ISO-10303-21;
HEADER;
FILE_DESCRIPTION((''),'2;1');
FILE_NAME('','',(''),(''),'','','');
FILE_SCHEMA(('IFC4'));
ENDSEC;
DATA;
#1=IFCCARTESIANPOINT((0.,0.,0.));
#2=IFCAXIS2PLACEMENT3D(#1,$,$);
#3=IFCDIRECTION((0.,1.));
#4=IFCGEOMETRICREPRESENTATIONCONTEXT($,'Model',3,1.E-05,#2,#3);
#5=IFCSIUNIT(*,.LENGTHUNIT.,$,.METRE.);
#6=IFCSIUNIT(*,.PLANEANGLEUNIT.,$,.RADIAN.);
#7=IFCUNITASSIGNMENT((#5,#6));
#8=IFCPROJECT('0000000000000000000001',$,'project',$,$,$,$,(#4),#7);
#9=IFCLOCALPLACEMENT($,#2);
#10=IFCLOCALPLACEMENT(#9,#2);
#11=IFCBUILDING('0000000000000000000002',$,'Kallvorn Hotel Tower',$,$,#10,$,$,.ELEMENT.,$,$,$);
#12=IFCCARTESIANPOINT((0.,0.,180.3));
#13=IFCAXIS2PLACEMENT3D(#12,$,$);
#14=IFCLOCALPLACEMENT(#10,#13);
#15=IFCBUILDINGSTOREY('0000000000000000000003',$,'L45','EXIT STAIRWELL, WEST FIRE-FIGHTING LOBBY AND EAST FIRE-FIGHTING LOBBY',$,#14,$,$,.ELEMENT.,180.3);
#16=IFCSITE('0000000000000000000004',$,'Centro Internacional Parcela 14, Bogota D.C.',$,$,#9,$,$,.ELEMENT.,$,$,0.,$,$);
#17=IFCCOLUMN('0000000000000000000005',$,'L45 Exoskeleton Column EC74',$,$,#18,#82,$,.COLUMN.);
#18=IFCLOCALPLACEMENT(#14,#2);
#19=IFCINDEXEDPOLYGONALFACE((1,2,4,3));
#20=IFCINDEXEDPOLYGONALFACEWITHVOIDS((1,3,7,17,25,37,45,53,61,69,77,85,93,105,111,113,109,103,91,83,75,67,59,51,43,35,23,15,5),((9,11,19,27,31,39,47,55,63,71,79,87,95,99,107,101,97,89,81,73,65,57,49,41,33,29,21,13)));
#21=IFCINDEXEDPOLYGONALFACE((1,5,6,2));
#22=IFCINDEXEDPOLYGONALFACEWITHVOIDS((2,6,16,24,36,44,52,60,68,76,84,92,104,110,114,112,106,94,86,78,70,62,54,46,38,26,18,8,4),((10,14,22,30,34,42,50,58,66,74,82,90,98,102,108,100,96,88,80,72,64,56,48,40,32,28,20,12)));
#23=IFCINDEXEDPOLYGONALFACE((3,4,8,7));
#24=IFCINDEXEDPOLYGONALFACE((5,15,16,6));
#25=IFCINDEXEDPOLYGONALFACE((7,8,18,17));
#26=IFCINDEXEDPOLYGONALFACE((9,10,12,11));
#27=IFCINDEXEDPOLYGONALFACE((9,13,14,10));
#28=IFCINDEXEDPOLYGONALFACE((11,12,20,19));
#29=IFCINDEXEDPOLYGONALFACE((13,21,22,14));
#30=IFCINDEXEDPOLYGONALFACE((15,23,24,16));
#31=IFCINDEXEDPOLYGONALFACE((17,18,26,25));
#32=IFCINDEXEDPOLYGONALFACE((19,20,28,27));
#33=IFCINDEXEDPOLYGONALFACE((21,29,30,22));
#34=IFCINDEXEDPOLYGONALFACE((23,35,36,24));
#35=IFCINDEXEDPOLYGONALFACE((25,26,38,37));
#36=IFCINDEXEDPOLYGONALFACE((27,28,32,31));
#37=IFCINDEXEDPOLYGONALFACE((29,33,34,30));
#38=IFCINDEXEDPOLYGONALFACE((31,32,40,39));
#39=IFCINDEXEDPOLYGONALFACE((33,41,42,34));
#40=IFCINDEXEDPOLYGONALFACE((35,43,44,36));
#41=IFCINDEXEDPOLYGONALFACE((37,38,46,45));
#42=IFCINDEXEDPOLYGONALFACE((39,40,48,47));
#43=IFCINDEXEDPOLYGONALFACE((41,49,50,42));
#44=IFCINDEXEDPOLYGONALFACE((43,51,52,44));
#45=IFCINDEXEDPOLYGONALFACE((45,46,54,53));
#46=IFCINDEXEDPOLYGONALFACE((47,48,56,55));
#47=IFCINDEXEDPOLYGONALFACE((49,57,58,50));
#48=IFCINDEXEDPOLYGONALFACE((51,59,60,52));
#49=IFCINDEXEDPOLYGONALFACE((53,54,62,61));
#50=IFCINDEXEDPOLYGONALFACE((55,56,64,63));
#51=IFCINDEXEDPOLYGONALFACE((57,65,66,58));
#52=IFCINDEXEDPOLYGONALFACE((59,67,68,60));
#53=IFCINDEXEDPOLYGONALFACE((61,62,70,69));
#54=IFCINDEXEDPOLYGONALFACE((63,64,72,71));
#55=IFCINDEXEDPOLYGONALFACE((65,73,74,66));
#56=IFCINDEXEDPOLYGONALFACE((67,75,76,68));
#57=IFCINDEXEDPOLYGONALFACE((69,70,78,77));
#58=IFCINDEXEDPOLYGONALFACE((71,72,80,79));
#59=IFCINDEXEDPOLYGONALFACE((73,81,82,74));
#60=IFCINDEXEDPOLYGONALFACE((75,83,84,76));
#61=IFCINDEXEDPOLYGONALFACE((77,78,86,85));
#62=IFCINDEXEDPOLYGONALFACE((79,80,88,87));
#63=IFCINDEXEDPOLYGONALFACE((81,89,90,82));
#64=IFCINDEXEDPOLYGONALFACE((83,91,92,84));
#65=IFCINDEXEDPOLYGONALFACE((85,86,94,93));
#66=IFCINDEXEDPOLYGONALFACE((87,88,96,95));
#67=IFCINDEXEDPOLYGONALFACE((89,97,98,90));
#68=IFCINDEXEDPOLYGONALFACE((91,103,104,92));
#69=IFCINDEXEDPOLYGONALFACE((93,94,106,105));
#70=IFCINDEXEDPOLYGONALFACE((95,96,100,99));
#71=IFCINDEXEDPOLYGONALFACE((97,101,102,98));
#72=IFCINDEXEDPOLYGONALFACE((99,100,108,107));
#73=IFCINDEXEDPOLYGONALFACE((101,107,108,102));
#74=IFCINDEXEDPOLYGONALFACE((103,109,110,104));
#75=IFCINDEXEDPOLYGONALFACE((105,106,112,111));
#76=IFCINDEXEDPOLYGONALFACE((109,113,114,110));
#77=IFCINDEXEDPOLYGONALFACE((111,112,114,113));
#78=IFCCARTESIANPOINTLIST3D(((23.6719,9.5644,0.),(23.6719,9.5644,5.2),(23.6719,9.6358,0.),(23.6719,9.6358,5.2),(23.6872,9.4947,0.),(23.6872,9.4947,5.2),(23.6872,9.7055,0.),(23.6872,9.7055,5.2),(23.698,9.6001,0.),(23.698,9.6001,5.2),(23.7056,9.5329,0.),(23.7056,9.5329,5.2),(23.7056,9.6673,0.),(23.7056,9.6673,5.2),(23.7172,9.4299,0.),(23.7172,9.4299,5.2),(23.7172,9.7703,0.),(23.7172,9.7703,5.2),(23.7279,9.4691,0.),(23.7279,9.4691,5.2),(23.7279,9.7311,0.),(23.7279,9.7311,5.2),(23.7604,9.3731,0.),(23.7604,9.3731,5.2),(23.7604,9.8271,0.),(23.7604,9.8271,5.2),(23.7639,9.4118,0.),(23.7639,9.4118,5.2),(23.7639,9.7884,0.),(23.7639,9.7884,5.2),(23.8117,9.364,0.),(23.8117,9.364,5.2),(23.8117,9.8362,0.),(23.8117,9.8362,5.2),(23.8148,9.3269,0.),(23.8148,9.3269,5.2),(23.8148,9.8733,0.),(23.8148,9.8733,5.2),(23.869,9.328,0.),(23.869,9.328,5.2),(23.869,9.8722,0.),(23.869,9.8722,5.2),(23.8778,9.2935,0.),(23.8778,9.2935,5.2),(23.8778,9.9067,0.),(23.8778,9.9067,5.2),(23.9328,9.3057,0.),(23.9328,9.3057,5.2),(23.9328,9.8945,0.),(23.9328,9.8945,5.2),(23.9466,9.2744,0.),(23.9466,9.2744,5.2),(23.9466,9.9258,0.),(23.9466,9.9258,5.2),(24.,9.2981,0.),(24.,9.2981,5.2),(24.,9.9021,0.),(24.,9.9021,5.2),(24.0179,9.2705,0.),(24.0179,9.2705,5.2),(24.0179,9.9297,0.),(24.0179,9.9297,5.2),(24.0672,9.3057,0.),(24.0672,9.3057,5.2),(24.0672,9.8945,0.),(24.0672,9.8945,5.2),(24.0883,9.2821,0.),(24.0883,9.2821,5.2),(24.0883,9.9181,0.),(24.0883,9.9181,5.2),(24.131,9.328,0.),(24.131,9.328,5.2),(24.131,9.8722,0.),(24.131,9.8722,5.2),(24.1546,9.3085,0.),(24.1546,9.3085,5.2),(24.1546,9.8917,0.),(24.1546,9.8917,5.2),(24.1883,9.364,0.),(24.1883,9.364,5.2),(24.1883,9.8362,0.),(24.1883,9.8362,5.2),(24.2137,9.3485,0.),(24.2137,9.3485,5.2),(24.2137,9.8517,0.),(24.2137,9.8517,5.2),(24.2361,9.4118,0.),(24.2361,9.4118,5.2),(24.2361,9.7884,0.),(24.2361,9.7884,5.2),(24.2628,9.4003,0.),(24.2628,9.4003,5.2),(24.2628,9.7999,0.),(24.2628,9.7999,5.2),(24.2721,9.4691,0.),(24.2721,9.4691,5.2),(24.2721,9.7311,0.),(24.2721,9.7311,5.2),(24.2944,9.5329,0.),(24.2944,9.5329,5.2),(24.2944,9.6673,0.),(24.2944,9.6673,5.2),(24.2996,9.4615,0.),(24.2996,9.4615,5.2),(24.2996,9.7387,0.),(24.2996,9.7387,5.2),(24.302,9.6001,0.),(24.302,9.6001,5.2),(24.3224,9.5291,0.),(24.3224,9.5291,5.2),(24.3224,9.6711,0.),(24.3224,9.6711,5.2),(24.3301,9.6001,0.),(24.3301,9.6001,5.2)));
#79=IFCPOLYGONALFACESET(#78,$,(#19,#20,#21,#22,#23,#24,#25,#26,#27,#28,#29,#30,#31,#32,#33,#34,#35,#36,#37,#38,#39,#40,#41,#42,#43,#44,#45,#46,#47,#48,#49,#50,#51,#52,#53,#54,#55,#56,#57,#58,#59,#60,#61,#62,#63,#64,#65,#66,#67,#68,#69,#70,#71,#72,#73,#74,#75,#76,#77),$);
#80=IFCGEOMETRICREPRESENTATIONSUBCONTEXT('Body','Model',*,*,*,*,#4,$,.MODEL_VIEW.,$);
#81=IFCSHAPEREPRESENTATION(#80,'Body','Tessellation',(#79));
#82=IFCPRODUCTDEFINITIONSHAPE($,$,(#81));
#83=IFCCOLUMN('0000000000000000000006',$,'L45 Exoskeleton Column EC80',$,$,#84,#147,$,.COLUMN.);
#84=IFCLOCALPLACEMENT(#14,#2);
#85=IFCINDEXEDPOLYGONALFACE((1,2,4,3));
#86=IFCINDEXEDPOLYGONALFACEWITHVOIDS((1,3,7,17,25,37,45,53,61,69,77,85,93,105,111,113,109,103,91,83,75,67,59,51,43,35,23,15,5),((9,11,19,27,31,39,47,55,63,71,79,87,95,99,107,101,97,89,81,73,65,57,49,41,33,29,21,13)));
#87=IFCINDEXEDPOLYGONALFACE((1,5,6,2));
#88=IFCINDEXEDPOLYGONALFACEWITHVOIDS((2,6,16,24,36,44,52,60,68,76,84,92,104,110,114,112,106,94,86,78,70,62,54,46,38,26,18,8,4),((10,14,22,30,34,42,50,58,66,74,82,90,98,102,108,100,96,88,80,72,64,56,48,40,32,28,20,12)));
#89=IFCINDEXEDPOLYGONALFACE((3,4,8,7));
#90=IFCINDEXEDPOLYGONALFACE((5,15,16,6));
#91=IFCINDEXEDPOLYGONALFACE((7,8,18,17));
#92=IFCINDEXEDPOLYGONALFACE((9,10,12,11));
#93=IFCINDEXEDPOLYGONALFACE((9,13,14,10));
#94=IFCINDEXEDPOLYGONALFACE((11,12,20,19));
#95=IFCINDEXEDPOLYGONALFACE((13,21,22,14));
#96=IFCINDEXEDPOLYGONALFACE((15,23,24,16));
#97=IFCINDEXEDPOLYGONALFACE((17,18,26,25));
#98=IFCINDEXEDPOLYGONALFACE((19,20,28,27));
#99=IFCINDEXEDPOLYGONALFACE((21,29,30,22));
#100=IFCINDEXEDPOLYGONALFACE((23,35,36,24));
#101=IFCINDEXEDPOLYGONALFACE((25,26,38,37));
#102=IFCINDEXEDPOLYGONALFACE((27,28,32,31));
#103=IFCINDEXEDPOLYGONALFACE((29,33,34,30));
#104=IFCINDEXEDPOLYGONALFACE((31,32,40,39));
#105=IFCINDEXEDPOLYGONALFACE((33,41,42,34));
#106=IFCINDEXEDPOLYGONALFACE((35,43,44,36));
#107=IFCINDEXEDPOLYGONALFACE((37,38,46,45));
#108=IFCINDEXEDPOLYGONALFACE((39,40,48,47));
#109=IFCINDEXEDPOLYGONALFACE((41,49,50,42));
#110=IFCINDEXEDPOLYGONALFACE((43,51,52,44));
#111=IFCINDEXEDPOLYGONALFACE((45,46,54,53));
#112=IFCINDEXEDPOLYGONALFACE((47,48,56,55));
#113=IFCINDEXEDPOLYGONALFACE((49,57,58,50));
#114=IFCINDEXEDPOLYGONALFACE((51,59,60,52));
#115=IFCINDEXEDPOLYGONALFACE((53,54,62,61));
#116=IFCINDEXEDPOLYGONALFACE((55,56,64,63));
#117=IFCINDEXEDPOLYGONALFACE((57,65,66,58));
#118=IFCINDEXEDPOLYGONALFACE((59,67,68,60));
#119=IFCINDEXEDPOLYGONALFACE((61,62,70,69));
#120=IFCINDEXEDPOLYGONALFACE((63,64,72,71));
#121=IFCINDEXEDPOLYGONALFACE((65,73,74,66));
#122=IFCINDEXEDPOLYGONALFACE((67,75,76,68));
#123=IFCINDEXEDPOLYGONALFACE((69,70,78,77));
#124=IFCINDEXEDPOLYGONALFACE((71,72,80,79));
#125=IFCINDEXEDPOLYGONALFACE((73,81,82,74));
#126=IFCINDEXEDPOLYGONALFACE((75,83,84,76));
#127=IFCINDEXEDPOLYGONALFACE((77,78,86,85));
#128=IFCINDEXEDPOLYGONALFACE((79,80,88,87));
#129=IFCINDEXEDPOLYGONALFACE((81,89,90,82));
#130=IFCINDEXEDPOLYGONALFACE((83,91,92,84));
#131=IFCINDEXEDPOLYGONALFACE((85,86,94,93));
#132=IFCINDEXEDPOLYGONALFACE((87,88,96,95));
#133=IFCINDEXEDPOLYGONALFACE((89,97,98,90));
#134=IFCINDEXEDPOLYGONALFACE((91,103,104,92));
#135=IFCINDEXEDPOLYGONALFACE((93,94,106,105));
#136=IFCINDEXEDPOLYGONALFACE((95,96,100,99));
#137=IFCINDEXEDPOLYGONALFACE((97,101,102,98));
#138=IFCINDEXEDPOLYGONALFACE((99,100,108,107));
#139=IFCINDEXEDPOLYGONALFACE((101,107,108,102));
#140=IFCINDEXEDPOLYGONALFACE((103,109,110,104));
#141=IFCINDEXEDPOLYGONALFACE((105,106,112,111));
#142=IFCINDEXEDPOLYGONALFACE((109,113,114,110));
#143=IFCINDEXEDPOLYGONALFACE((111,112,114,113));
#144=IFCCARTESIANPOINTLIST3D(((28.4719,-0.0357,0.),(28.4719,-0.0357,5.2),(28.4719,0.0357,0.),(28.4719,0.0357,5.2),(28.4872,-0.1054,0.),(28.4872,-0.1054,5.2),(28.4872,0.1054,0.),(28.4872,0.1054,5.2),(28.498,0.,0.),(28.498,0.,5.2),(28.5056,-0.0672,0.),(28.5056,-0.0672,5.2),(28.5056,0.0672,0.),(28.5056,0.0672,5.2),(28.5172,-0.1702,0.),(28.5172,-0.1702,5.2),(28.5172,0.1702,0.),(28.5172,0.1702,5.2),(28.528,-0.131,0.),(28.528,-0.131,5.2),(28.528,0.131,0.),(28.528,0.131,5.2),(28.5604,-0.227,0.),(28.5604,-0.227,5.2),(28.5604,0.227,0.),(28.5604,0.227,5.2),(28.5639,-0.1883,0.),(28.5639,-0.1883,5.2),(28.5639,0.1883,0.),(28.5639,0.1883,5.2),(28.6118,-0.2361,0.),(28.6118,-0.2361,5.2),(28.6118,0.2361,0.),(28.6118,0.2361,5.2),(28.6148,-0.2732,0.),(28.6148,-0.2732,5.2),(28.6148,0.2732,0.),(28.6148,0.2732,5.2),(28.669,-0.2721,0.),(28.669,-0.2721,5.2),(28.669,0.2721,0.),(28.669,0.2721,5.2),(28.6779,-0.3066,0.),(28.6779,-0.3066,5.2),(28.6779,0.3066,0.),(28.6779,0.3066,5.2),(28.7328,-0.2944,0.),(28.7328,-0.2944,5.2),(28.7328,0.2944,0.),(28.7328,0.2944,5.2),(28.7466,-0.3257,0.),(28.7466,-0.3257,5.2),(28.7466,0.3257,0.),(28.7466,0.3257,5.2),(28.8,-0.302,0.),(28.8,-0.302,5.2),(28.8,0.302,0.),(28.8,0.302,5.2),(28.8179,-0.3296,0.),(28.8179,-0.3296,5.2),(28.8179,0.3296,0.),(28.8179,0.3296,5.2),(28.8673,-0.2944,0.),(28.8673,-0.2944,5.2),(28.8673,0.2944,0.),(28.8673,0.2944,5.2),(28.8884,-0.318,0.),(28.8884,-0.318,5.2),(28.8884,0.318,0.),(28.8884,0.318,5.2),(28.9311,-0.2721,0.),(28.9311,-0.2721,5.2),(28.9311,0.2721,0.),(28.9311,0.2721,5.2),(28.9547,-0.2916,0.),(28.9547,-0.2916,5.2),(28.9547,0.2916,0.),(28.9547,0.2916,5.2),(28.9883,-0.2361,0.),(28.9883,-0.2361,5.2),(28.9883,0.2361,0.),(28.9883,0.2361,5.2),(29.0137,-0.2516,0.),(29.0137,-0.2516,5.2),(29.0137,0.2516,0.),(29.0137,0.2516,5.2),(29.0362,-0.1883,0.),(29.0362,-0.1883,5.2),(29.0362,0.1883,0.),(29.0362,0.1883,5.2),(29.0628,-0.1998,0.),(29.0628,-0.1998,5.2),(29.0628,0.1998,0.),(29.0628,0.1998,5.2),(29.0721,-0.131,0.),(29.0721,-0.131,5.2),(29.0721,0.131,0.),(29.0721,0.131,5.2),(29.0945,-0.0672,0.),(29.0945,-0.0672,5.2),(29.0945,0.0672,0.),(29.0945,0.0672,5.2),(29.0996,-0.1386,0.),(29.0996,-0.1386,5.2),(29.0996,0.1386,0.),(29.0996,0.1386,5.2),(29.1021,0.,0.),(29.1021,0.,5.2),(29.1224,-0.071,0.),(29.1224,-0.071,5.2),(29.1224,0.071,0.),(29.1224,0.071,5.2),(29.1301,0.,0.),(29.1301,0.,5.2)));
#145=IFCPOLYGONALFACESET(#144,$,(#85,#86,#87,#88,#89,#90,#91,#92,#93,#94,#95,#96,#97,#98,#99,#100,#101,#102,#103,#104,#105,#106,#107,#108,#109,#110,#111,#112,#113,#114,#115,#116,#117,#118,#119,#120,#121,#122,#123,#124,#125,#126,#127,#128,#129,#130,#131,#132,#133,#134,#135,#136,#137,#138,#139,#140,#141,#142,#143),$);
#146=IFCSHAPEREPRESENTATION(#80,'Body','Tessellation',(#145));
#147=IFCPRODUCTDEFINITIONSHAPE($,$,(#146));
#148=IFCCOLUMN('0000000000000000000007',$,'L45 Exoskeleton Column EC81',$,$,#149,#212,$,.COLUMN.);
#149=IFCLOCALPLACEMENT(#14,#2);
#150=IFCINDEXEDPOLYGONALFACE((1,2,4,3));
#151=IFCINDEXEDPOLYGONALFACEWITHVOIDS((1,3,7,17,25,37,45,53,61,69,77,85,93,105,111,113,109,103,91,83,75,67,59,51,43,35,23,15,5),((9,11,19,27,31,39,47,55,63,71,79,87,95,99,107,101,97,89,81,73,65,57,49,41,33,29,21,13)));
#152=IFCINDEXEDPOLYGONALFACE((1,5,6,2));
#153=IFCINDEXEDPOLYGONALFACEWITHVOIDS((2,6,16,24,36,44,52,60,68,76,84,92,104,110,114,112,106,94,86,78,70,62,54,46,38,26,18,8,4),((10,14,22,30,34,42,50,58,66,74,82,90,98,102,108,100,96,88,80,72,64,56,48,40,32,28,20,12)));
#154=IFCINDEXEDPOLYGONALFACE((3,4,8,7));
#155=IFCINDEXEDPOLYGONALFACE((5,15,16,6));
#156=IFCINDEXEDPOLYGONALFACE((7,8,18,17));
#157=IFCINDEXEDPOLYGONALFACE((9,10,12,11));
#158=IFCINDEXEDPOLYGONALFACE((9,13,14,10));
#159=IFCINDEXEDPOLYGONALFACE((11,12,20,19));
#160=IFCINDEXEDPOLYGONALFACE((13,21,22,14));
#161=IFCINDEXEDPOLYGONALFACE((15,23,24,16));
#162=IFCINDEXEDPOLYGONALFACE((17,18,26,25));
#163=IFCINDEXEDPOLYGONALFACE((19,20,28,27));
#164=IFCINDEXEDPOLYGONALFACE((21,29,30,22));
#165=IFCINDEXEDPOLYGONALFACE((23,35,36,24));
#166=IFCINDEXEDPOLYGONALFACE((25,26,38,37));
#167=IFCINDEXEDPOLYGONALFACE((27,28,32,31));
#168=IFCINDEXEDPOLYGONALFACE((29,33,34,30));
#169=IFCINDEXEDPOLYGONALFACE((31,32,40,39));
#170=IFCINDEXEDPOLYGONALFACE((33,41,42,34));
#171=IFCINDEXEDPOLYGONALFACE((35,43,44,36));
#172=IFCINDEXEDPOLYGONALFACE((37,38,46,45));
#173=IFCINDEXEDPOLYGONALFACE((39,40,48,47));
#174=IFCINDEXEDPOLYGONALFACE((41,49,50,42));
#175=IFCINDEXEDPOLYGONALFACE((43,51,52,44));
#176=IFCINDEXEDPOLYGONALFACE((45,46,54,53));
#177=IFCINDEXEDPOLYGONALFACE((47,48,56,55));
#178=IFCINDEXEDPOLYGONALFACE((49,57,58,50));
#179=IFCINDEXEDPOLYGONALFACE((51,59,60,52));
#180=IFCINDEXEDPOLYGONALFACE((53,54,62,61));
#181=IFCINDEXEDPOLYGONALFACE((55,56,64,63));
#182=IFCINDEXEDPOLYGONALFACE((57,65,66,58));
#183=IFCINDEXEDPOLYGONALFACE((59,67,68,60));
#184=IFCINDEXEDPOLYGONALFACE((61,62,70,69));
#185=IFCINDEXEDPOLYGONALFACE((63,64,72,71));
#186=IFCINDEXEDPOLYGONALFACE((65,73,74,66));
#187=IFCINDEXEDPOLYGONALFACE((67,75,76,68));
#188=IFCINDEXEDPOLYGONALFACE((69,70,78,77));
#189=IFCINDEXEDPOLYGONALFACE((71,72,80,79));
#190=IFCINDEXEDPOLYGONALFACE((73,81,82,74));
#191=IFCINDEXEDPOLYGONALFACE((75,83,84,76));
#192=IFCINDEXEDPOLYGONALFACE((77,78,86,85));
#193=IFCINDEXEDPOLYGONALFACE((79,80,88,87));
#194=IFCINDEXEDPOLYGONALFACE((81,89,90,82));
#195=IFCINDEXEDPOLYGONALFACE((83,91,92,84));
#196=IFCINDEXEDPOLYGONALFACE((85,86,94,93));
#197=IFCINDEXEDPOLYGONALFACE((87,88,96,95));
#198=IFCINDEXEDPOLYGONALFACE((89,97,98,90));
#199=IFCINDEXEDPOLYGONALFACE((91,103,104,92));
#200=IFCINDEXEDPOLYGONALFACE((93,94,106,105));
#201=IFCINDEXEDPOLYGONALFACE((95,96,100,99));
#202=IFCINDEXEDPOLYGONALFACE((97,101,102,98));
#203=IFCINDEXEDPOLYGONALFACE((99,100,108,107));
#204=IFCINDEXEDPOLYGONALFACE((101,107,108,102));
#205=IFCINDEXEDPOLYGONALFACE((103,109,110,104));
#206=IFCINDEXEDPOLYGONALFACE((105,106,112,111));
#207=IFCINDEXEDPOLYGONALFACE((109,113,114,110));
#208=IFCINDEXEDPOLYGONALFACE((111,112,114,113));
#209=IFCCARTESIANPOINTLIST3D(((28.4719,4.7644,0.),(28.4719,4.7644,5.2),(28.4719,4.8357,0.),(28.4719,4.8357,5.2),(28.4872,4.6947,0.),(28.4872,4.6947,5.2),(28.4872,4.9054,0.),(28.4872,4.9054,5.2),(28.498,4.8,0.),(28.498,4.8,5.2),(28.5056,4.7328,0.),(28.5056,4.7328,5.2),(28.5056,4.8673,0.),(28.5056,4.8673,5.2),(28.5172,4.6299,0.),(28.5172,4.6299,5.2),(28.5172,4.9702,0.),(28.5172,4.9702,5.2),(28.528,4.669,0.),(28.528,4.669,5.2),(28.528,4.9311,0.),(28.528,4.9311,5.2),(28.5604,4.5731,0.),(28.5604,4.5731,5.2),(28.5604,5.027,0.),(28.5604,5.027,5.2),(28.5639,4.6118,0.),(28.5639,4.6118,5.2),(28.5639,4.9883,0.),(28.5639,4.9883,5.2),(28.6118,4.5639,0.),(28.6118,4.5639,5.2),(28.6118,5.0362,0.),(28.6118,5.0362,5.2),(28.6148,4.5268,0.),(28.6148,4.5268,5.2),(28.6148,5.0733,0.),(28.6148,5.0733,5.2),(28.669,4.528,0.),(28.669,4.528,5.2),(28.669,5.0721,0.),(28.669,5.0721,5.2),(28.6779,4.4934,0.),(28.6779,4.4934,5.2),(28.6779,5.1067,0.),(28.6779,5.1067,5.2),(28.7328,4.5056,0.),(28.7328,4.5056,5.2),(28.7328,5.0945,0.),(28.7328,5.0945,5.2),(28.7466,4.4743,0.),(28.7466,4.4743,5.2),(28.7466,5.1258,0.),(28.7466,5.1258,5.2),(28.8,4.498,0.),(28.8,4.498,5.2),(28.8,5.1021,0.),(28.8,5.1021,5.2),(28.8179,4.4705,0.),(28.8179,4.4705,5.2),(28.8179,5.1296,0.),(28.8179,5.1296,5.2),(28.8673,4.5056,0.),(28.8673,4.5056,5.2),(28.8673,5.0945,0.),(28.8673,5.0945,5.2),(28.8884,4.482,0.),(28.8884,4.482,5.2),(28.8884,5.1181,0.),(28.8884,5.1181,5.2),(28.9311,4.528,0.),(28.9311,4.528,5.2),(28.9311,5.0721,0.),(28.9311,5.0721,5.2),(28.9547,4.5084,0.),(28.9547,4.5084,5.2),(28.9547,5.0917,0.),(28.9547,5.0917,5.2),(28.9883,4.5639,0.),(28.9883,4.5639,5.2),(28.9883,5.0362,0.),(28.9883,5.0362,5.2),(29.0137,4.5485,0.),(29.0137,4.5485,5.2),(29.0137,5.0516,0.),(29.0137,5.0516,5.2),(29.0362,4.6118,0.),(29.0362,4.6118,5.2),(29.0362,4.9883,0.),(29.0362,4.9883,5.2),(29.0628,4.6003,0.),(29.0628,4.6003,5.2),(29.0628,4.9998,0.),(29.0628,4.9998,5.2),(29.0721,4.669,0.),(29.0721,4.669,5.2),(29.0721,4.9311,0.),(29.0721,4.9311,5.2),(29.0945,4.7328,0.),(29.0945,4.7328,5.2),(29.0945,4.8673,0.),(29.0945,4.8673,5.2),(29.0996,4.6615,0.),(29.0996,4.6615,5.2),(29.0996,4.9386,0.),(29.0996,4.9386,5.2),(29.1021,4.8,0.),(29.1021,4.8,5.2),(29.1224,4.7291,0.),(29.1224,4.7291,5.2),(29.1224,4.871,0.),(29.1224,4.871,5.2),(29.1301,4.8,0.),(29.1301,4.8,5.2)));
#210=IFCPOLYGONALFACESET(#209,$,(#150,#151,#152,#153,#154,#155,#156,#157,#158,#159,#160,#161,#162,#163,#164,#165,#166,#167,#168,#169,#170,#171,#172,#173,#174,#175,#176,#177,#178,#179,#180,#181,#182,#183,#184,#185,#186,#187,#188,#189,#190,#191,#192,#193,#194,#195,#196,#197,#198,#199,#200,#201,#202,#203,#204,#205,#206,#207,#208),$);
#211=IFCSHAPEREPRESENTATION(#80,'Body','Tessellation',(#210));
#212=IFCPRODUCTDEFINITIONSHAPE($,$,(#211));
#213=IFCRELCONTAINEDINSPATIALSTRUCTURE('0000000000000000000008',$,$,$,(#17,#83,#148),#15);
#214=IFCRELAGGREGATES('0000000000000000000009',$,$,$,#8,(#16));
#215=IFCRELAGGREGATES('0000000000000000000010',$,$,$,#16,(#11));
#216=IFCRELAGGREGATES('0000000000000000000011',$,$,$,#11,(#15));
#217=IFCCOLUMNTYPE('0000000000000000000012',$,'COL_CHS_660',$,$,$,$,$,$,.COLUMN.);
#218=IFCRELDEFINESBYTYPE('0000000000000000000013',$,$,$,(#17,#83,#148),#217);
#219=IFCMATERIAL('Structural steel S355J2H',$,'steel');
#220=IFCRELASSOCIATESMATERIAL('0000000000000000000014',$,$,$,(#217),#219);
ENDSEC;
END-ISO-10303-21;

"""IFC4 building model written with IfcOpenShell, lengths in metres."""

from ifc_helpers import new_model, si_unit, direction, frame, origin, origin_2d, place, context, subcontext, project, spatial, hollow_circle, extrude, material, material_profile, profile_set, type_object, element, save


model = new_model("IFC4")

# Units and contexts
model_context = context("Model", 3, precision=1e-05, world=origin(), true_north=direction((0.0, 1.0)))
body_context = subcontext(model_context, "Body", "Model", "MODEL_VIEW")
ifc_project = project(units=[si_unit("LENGTHUNIT", "METRE"), si_unit("PLANEANGLEUNIT", "RADIAN")], contexts=[model_context])

# Site, building, storey
site_placement = place(None, origin())
site = spatial("IfcSite", under=ifc_project, at=site_placement, Name="Centro Internacional Parcela 14, Bogota D.C.", CompositionType="ELEMENT", RefElevation=0.0)
building_placement = place(site_placement, origin())
building = spatial("IfcBuilding", under=site, at=building_placement, Name="Kallvorn Hotel Tower", CompositionType="ELEMENT")
storey_placement = place(building_placement, frame((0.0, 0.0, 180.3)))
storey = spatial("IfcBuildingStorey", under=building, at=storey_placement, Name="L45", Description="EXIT STAIRWELL, WEST FIRE-FIGHTING LOBBY AND EAST FIRE-FIGHTING LOBBY", CompositionType="ELEMENT", Elevation=180.3)

# Columns
ifc_material_1 = material(Name="Structural steel S355J2H", Category="steel")
ifc_material_profile_1 = material_profile(ifc_material_1, hollow_circle(Radius=0.3301, WallThickness=0.0281, at=origin_2d()), Name="CHS 660x28")
ifc_profile_set_1 = profile_set([ifc_material_profile_1], Name="Structural steel S355J2H")
column_type_1 = type_object("IfcColumnType", Name="COL_CHS_660", PredefinedType="COLUMN", material=ifc_profile_set_1)
for number, where, z_axis, x_axis, name in (
    (1, (24.0, 9.6001, 0.0), (0.0, 0.0, 1.0), (1.0, 0.0, 0.0), "L45 Exoskeleton Column EC74"),
    (2, (28.8, 0.0, 0.0), (0.0, 0.0, 1.0), (1.0, 0.0, 0.0), "L45 Exoskeleton Column EC80"),
    (3, (28.8, 4.8, 0.0), (0.0, 0.0, 1.0), (1.0, 0.0, 0.0), "L45 Exoskeleton Column EC81"),
):
    element("IfcColumn", number, at=place(storey_placement, frame(where, z_axis=z_axis, x_axis=x_axis)), inside=storey, type_object=column_type_1, Name=name, PredefinedType="COLUMN", context=body_context, shape_type="SweptSolid", body=[
        extrude(hollow_circle(Radius=0.3301, WallThickness=0.0281, at=origin_2d()), origin(), (0.0, 0.0, 1.0), 5.2),
    ])

save(model, "model.ifc")
